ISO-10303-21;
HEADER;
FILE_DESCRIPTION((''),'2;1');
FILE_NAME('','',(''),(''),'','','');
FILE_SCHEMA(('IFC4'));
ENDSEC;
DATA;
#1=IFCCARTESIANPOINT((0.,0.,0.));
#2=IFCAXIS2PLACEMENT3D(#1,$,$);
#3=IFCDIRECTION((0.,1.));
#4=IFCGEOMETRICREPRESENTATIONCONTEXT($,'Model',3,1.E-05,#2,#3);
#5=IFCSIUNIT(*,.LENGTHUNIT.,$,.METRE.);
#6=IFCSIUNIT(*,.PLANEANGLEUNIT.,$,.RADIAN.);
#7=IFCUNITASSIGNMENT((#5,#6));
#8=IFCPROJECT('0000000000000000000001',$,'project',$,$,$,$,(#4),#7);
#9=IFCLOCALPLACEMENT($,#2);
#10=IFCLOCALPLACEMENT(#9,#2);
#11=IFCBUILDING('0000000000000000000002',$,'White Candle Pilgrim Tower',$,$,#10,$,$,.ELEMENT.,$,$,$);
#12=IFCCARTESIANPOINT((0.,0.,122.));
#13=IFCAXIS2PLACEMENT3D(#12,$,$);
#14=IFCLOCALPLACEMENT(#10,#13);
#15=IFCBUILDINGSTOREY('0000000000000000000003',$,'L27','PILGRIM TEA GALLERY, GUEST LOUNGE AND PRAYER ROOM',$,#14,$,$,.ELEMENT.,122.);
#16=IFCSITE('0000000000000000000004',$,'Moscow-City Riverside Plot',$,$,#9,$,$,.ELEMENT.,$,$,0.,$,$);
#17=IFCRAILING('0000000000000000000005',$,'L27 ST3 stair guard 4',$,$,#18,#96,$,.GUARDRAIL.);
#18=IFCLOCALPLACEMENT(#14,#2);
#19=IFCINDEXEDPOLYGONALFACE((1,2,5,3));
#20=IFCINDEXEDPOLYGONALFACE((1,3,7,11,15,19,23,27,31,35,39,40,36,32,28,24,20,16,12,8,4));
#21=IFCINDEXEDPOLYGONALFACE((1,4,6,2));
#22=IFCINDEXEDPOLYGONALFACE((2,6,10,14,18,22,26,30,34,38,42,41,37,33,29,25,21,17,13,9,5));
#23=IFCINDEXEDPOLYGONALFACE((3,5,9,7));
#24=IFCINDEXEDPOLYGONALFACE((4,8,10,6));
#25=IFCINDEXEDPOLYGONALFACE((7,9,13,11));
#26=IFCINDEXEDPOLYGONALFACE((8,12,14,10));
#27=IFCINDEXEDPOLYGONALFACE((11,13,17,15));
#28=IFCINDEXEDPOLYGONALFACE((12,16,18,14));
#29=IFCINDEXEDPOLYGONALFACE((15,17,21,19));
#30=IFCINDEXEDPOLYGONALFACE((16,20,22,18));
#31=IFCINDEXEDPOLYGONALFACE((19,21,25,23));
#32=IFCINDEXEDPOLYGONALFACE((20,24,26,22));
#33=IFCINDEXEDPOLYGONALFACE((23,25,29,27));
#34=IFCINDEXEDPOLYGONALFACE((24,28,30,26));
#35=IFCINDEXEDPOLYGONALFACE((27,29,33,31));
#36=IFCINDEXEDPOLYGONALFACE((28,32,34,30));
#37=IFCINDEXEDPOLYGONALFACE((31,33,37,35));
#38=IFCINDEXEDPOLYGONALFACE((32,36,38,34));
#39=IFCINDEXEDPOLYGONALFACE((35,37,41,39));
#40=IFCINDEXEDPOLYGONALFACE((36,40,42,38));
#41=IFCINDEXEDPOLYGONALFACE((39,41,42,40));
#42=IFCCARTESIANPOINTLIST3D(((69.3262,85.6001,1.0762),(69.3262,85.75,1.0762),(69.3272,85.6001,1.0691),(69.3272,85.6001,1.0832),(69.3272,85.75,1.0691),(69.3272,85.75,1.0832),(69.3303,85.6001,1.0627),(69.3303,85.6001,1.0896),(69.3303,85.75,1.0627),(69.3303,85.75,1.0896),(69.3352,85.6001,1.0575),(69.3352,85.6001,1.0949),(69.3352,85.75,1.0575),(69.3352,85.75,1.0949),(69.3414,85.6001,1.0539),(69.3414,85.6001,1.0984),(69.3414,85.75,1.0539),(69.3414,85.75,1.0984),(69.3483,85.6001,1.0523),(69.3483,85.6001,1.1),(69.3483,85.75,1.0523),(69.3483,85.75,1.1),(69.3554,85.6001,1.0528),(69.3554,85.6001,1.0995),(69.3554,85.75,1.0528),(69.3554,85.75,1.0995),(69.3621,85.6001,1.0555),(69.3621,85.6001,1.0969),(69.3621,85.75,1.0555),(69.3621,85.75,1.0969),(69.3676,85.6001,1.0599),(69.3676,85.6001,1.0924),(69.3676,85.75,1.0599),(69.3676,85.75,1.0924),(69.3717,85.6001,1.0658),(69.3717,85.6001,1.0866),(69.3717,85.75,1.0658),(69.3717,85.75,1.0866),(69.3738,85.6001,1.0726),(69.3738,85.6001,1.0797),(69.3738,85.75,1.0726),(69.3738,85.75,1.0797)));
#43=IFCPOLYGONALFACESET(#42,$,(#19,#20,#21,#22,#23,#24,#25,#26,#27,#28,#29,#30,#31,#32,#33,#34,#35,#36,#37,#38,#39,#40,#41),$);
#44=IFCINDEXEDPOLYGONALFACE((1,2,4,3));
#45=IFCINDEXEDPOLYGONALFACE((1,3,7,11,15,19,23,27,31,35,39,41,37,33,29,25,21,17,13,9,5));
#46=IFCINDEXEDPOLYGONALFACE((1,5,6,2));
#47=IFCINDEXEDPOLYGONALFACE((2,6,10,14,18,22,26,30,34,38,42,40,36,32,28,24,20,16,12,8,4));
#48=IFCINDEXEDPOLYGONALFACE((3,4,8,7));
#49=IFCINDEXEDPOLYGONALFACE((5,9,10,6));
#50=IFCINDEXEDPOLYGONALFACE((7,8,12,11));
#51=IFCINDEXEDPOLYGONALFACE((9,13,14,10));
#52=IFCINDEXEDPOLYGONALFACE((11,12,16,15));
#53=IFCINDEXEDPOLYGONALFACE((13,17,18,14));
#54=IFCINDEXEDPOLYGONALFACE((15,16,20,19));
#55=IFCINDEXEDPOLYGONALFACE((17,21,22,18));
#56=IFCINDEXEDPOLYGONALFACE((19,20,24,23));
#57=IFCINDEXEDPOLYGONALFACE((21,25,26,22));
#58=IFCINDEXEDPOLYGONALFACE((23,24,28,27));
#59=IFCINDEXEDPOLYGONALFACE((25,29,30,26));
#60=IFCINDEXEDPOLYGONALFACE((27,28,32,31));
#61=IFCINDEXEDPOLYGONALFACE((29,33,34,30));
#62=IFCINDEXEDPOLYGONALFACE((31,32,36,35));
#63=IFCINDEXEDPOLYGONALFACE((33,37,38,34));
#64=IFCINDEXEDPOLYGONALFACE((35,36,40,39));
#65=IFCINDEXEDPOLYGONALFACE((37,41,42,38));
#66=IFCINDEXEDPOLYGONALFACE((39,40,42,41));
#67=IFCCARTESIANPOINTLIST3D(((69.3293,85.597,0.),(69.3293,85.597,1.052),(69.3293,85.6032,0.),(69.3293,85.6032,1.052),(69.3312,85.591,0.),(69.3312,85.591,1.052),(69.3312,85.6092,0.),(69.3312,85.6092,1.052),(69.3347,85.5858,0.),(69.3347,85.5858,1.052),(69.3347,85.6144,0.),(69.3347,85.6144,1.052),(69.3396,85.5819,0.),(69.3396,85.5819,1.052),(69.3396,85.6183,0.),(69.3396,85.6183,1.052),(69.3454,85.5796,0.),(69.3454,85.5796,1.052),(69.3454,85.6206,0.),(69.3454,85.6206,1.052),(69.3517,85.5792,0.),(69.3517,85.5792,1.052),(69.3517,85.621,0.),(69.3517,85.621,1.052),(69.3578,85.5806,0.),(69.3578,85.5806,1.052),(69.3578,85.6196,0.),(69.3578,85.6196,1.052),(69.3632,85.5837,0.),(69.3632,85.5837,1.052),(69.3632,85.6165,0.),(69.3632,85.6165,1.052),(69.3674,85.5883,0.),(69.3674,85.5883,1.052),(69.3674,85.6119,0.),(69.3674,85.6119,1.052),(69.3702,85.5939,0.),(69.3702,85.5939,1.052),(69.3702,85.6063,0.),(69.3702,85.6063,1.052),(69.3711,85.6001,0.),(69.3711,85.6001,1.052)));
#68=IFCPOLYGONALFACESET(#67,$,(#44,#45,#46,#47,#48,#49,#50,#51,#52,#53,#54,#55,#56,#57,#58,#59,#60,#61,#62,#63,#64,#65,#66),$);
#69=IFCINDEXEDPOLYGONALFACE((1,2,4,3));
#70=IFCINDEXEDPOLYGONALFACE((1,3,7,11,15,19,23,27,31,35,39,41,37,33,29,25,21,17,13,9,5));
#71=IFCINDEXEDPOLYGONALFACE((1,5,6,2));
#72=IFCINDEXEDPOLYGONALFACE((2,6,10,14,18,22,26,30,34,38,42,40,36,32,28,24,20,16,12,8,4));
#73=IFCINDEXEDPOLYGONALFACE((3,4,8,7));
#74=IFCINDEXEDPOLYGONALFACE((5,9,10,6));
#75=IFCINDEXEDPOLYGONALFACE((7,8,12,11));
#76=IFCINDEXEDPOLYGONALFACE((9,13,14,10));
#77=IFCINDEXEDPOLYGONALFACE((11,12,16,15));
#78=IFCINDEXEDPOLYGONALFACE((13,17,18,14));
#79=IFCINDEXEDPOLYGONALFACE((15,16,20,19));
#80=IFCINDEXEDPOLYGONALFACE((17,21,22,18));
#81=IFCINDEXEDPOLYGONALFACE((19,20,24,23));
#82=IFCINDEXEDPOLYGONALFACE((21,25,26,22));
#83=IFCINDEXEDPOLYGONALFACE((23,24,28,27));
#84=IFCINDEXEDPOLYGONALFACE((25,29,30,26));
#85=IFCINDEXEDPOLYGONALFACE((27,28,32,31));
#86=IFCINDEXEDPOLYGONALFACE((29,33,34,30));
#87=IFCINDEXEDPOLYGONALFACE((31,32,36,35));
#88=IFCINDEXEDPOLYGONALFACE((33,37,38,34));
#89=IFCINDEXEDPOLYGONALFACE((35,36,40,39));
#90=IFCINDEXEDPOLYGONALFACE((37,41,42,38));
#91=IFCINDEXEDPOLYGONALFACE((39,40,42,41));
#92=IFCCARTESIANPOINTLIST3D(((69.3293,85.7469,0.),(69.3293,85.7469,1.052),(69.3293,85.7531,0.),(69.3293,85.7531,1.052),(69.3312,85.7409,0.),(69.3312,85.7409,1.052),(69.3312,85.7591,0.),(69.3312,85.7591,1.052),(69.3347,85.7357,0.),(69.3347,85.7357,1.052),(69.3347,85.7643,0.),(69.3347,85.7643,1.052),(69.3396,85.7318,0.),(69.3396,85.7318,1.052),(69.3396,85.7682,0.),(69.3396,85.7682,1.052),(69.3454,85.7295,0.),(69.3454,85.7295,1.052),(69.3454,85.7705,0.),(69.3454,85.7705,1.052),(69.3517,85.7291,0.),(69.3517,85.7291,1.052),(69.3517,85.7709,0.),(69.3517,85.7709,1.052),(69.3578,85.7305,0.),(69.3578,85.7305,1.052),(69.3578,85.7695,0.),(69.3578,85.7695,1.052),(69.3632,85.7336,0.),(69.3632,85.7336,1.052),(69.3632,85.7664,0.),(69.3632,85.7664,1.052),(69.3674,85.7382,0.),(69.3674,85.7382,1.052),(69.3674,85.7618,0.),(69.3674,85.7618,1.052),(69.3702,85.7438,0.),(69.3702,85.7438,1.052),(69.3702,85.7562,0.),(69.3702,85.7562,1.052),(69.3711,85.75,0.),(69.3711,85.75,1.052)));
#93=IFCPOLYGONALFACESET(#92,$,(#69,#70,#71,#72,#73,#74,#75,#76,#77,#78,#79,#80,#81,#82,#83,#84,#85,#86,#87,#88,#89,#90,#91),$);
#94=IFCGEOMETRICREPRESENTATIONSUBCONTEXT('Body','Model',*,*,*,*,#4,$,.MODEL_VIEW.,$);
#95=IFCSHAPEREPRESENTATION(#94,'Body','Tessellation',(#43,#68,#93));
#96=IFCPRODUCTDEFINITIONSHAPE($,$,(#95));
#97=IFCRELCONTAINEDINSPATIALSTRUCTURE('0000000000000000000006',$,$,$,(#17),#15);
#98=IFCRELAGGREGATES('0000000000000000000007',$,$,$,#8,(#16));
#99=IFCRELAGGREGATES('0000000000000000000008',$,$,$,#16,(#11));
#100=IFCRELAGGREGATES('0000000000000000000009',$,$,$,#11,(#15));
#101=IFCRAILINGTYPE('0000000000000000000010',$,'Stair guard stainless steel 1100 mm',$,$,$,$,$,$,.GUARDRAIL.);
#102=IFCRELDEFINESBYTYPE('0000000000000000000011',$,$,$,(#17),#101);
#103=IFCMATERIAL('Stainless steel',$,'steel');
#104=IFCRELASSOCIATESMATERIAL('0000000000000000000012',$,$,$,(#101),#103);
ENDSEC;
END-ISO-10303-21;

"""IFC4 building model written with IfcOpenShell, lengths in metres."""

from ifc_helpers import new_model, si_unit, direction, frame, origin, origin_2d, place, context, subcontext, project, spatial, circle, extrude, material, type_object, element, save


model = new_model("IFC4")

# Units and contexts
model_context = context("Model", 3, precision=1e-05, world=origin(), true_north=direction((0.0, 1.0)))
body_context = subcontext(model_context, "Body", "Model", "MODEL_VIEW")
ifc_project = project(units=[si_unit("LENGTHUNIT", "METRE"), si_unit("PLANEANGLEUNIT", "RADIAN")], contexts=[model_context])

# Site, building, storey
site_placement = place(None, origin())
site = spatial("IfcSite", under=ifc_project, at=site_placement, Name="Moscow-City Riverside Plot", CompositionType="ELEMENT", RefElevation=0.0)
building_placement = place(site_placement, origin())
building = spatial("IfcBuilding", under=site, at=building_placement, Name="White Candle Pilgrim Tower", CompositionType="ELEMENT")
storey_placement = place(building_placement, frame((0.0, 0.0, 122.0)))
storey = spatial("IfcBuildingStorey", under=building, at=storey_placement, Name="L27", Description="PILGRIM TEA GALLERY, GUEST LOUNGE AND PRAYER ROOM", CompositionType="ELEMENT", Elevation=122.0)

# Railing
ifc_material_1 = material(Name="Stainless steel", Category="steel")
railing_type_1 = type_object("IfcRailingType", Name="Stair guard stainless steel 1100 mm", PredefinedType="GUARDRAIL", material=ifc_material_1)
railing_1_placement = place(storey_placement, frame((69.3501, 85.6001, 0.0)))
element("IfcRailing", 1, at=railing_1_placement, inside=storey, type_object=railing_type_1, Name="L27 ST3 stair guard 4", PredefinedType="GUARDRAIL", context=body_context, shape_type="SweptSolid", body=[
    extrude(circle(Radius=0.0239, at=origin_2d()), frame((0.0, 0.0, 1.0762), z_axis=(0.0, 1.0, 0.0), x_axis=(-1.0, 0.0, 0.0)), (0.0, 0.0, 1.0), 0.1499),
    extrude(circle(Radius=0.021, at=origin_2d()), origin(), (0.0, 0.0, 1.0), 1.052),
    extrude(circle(Radius=0.021, at=origin_2d()), frame((0.0, 0.1499, 0.0)), (0.0, 0.0, 1.0), 1.052),
])

save(model, "model.ifc")
